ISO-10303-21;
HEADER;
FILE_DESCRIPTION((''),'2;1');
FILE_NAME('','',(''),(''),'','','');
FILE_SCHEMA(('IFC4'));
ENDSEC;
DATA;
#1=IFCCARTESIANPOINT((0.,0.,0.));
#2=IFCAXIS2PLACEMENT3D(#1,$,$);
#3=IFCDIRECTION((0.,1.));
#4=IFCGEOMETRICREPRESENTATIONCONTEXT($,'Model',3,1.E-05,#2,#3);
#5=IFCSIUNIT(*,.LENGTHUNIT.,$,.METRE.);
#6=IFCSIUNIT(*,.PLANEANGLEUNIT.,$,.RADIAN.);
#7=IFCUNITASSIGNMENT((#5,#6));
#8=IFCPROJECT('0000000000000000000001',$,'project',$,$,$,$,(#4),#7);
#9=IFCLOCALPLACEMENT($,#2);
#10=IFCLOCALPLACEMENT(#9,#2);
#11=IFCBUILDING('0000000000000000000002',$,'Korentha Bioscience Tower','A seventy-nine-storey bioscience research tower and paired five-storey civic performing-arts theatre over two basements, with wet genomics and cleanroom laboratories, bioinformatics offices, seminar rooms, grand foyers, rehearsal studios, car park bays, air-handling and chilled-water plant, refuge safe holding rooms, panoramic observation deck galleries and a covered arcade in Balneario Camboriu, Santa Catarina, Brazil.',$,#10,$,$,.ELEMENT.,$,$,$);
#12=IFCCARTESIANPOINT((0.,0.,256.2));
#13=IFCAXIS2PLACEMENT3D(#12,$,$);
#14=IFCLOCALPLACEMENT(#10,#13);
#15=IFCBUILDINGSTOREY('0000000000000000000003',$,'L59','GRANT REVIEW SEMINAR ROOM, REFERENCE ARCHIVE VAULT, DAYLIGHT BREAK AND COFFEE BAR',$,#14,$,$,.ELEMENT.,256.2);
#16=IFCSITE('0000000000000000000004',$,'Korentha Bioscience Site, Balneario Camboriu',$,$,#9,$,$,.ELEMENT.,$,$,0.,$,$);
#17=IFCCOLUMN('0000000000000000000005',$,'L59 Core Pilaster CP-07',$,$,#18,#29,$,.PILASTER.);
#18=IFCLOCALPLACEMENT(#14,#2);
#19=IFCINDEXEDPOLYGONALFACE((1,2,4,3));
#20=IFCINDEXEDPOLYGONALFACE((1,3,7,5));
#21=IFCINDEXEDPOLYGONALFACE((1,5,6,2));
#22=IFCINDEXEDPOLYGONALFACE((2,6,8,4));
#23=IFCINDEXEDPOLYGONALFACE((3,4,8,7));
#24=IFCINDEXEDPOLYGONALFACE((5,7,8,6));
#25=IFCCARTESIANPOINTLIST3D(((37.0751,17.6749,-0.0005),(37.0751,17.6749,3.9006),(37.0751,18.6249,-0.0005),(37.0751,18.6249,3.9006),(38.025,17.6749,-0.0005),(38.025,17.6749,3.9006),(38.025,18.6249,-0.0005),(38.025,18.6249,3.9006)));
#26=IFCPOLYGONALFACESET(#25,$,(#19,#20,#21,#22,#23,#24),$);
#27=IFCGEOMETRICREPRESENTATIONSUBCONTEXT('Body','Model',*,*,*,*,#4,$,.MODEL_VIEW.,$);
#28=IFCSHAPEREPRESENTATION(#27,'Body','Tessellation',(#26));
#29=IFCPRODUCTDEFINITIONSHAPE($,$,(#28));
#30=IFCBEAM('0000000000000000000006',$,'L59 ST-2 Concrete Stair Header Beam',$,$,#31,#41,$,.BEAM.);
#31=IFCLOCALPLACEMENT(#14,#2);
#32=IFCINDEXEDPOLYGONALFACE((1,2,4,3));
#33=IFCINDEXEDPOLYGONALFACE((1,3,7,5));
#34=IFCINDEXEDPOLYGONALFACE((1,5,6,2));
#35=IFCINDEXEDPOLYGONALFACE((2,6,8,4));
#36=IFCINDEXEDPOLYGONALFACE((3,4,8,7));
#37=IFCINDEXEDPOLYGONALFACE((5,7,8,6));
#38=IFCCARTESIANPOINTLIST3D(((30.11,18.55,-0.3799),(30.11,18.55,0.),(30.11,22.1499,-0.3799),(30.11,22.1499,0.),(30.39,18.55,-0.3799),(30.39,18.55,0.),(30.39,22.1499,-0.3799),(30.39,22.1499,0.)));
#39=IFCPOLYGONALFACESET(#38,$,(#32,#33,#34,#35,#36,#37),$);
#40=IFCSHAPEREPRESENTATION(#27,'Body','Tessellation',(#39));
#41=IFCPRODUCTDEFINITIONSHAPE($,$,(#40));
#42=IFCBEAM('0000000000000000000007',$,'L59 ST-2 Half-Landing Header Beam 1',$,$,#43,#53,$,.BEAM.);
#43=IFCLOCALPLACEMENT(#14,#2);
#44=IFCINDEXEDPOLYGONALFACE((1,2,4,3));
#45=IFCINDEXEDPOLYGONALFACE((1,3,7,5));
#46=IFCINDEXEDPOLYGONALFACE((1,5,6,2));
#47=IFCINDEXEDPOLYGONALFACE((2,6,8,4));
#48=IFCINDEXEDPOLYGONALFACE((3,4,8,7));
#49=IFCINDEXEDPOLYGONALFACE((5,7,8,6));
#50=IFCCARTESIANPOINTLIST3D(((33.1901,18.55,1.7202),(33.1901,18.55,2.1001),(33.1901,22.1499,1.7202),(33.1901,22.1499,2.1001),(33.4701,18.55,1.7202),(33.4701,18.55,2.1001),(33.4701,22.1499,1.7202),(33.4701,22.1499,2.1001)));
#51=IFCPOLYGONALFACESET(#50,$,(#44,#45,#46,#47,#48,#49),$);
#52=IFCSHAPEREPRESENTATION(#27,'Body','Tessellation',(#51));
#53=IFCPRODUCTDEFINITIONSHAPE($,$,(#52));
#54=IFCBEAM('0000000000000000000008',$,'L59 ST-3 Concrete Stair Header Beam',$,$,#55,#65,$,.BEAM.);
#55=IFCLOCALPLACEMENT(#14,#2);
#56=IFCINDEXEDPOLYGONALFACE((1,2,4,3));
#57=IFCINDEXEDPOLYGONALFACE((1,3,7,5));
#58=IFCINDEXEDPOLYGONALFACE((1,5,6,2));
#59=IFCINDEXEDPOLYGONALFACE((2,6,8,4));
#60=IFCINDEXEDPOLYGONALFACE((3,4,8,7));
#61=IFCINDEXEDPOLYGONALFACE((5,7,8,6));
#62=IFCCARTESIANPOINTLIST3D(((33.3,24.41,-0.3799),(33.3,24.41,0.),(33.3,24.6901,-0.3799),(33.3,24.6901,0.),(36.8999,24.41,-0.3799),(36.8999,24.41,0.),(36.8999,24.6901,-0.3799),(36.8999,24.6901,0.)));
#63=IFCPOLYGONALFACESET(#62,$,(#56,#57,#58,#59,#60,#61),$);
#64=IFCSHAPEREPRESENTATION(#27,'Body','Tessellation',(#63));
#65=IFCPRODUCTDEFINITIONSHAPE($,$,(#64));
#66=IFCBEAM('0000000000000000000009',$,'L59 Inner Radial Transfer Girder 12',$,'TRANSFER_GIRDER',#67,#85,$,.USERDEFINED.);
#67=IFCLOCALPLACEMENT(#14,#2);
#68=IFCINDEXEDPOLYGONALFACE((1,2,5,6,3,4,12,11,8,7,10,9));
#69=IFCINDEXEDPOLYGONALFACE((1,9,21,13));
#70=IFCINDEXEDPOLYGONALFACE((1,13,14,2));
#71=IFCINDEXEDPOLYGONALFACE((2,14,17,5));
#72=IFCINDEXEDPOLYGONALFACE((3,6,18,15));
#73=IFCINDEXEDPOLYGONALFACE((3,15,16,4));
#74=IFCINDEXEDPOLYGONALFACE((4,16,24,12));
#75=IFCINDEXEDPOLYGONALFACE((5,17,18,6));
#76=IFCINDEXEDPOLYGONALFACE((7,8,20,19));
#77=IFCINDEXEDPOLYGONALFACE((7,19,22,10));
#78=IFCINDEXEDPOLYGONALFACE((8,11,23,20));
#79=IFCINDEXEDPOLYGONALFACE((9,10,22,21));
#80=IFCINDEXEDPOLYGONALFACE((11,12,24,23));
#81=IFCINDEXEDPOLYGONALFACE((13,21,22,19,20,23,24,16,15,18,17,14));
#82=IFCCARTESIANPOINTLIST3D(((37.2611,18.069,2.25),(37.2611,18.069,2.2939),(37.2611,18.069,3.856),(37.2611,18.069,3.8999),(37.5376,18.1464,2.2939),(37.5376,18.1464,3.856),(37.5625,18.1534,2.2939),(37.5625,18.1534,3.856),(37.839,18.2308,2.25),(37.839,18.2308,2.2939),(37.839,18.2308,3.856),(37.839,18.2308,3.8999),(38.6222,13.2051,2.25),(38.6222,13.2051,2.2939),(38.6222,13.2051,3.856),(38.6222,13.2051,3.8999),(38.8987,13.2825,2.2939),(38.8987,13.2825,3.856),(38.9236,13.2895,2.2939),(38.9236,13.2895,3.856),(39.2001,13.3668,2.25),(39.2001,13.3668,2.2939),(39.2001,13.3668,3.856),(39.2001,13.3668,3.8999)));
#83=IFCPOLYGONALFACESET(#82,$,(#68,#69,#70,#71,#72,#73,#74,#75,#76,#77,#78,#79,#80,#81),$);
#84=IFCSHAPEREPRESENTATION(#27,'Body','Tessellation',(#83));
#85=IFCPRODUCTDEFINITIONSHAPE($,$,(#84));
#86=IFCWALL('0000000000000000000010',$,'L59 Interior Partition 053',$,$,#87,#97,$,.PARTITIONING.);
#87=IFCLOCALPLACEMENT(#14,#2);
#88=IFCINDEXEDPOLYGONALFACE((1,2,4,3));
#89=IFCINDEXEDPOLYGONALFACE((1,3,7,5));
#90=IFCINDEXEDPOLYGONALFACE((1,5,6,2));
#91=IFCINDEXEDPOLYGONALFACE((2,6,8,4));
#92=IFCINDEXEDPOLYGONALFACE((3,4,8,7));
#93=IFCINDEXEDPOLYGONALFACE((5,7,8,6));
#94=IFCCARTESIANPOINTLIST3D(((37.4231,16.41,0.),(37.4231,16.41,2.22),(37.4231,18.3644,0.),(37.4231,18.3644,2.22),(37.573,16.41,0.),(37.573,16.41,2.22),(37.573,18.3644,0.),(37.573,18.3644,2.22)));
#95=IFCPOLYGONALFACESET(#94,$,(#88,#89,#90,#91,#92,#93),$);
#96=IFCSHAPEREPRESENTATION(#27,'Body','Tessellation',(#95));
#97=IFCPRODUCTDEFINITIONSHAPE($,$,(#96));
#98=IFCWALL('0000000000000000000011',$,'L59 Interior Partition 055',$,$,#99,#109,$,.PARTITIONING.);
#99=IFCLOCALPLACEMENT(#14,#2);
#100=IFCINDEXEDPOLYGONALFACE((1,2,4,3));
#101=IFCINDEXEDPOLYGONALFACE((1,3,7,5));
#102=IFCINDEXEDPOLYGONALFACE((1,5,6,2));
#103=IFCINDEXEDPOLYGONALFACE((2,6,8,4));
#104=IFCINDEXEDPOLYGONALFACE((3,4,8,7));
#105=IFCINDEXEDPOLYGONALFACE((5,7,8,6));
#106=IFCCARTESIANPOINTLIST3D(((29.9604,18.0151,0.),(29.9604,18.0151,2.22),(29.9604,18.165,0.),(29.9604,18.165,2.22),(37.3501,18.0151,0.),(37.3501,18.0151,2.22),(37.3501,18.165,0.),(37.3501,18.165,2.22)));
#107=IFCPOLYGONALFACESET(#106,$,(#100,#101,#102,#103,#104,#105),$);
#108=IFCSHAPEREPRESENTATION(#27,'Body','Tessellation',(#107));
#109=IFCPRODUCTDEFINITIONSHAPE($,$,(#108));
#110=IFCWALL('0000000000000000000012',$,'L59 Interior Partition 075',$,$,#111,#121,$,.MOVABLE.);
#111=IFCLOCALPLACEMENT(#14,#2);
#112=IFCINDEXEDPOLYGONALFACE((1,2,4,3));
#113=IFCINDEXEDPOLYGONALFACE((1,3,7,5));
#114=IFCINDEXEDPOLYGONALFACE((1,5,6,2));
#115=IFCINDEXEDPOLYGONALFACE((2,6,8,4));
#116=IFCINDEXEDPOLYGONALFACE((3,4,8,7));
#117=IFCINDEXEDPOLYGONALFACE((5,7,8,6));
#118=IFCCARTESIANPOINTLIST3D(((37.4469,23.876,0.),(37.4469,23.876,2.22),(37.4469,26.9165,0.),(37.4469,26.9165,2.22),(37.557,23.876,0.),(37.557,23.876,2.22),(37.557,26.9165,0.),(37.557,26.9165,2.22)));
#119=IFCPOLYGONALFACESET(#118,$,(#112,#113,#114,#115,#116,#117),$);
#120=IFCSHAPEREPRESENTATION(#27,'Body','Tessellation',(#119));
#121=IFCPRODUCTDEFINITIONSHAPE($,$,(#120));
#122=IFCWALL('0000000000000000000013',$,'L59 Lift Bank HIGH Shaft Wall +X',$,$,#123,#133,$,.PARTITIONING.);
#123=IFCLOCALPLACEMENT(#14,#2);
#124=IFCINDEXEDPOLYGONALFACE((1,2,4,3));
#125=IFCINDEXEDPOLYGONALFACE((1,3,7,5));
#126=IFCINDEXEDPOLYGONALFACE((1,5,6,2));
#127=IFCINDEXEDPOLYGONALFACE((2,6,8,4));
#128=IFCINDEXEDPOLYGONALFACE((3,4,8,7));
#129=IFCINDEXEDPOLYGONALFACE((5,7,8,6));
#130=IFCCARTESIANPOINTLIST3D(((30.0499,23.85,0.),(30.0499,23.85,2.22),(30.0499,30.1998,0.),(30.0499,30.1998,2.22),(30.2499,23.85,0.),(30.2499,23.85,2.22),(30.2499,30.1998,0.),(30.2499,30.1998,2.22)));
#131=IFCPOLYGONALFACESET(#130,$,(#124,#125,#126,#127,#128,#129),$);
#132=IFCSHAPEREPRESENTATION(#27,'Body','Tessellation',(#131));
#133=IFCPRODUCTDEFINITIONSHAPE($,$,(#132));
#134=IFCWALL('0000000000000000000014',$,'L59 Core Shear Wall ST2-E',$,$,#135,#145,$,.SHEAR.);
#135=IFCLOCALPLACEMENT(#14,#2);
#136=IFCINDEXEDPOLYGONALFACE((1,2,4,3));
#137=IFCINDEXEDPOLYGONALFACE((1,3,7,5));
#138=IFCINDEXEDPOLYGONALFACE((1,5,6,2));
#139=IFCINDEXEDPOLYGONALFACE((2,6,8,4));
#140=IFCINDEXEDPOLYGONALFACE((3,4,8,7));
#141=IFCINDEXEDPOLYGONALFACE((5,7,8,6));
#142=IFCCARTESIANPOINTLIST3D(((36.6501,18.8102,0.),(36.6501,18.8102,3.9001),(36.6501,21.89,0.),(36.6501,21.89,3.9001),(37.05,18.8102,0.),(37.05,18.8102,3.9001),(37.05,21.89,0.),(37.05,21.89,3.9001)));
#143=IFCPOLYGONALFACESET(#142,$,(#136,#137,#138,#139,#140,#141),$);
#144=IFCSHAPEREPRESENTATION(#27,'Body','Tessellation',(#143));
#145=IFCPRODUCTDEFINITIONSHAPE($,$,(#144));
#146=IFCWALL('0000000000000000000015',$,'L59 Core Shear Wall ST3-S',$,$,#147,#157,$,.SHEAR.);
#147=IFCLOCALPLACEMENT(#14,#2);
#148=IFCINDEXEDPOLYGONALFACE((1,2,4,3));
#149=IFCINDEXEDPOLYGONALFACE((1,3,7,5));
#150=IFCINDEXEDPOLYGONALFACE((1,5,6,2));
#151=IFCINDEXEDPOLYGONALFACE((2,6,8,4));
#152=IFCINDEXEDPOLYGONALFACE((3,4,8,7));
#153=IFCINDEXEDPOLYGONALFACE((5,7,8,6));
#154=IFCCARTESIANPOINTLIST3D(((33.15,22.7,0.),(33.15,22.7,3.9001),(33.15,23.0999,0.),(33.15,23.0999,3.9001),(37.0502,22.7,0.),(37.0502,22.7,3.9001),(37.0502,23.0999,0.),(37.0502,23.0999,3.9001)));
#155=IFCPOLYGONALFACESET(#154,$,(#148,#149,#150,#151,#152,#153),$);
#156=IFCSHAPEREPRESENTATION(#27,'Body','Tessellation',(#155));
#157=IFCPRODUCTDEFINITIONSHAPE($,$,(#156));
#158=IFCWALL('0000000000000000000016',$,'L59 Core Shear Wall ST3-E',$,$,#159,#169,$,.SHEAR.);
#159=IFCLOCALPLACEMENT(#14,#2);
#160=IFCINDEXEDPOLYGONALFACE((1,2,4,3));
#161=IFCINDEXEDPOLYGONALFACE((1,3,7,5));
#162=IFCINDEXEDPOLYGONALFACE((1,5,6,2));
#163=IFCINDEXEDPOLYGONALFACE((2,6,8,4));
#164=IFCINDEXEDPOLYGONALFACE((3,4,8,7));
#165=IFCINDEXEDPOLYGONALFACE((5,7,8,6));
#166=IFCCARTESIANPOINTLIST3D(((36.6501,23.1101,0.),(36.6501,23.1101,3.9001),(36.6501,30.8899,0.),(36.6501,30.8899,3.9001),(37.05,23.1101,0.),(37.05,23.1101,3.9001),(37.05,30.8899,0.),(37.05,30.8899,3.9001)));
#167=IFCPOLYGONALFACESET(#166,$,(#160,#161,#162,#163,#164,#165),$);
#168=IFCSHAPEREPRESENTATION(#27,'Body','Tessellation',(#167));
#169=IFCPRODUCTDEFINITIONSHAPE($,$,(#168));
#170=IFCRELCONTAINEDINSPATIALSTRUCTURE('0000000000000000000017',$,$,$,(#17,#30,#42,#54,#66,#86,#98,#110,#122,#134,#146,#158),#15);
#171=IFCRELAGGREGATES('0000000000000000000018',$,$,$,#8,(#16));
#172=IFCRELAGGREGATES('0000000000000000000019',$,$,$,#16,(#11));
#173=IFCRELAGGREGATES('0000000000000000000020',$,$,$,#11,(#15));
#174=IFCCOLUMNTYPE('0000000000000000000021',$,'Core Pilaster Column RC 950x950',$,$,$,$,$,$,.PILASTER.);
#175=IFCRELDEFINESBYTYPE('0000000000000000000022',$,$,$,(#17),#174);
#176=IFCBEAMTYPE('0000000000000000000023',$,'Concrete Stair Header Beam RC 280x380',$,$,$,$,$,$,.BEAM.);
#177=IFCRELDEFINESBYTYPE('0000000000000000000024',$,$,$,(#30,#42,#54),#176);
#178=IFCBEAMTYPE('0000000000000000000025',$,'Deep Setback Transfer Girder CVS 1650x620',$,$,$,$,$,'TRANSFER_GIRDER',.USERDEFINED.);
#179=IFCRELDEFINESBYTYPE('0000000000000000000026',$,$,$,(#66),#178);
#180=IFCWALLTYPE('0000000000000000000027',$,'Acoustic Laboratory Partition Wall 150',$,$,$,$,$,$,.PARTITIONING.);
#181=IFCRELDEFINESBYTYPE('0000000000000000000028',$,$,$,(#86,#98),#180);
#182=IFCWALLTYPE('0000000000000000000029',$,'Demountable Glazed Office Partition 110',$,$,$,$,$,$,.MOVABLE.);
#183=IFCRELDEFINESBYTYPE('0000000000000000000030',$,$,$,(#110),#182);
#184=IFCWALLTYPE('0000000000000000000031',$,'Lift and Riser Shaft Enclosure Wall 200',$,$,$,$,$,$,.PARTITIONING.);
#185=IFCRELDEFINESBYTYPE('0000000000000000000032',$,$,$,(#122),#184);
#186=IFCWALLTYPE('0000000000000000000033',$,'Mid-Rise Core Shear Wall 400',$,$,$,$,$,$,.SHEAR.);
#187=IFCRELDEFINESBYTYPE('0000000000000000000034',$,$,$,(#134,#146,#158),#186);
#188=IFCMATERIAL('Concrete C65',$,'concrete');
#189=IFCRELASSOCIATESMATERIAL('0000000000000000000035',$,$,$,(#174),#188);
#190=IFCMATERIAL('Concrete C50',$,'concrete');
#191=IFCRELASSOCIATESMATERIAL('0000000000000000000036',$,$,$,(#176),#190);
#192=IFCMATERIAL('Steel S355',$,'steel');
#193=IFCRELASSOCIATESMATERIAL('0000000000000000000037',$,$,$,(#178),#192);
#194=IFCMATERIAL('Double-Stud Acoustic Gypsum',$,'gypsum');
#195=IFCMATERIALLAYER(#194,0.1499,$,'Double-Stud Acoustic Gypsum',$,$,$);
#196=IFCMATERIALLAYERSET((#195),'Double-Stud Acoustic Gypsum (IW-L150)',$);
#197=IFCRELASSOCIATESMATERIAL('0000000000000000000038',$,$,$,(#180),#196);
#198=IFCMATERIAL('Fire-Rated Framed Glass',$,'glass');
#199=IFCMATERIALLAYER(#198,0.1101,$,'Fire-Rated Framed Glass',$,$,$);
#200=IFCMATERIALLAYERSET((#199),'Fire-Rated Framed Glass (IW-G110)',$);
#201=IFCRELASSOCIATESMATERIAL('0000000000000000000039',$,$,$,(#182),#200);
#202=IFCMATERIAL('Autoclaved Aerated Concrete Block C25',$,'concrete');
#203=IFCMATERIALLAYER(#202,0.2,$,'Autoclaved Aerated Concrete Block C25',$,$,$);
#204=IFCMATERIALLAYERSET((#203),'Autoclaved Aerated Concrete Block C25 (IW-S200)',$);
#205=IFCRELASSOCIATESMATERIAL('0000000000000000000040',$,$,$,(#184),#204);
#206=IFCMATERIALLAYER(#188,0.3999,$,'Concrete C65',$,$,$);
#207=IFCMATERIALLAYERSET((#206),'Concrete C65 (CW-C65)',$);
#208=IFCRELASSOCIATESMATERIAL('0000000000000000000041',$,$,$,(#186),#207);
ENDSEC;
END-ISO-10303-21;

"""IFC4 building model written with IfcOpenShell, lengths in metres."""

from ifc_helpers import new_model, si_unit, direction, frame, frame_2d, origin, origin_2d, place, context, subcontext, project, spatial, rectangle, i_section, extrude, material, layer, layer_set, material_profile, profile_set, type_object, element, save


model = new_model("IFC4")

# Units and contexts
model_context = context("Model", 3, precision=1e-05, world=origin(), true_north=direction((0.0, 1.0)))
body_context = subcontext(model_context, "Body", "Model", "MODEL_VIEW")
ifc_project = project(units=[si_unit("LENGTHUNIT", "METRE"), si_unit("PLANEANGLEUNIT", "RADIAN")], contexts=[model_context])

# Site, building, storey
site_placement = place(None, origin())
site = spatial("IfcSite", under=ifc_project, at=site_placement, Name="Korentha Bioscience Site, Balneario Camboriu", CompositionType="ELEMENT", RefElevation=0.0)
building_placement = place(site_placement, origin())
building = spatial("IfcBuilding", under=site, at=building_placement, Name="Korentha Bioscience Tower", Description="A seventy-nine-storey bioscience research tower and paired five-storey civic performing-arts theatre over two basements, with wet genomics and cleanroom laboratories, bioinformatics offices, seminar rooms, grand foyers, rehearsal studios, car park bays, air-handling and chilled-water plant, refuge safe holding rooms, panoramic observation deck galleries and a covered arcade in Balneario Camboriu, Santa Catarina, Brazil.", CompositionType="ELEMENT")
storey_placement = place(building_placement, frame((0.0, 0.0, 256.2)))
storey = spatial("IfcBuildingStorey", under=building, at=storey_placement, Name="L59", Description="GRANT REVIEW SEMINAR ROOM, REFERENCE ARCHIVE VAULT, DAYLIGHT BREAK AND COFFEE BAR", CompositionType="ELEMENT", Elevation=256.2)

# Column
ifc_material_1 = material(Name="Concrete C65", Category="concrete")
ifc_material_profile_1 = material_profile(ifc_material_1, rectangle(XDim=0.95, YDim=0.95, at=origin_2d()), Name="Concrete C65")
ifc_profile_set_1 = profile_set([ifc_material_profile_1], Name="Concrete C65 (COL-CP09)")
column_type = type_object("IfcColumnType", Name="Core Pilaster Column RC 950x950", PredefinedType="PILASTER", material=ifc_profile_set_1)
column_placement = place(storey_placement, frame((37.55, 18.1499, -0.0005), z_axis=(0.0, 0.0, 1.0), x_axis=(1.0, 0.0, 0.0)))
element("IfcColumn", 1, at=column_placement, inside=storey, type_object=column_type, Name="L59 Core Pilaster CP-07", PredefinedType="PILASTER", context=body_context, shape_type="SweptSolid", body=[
    extrude(rectangle(XDim=0.95, YDim=0.95, at=origin_2d()), origin(), (0.0, 0.0, 1.0), 3.9011),
])

# Beams
ifc_material_2 = material(Name="Concrete C50", Category="concrete")
ifc_material_profile_2 = material_profile(ifc_material_2, rectangle(XDim=0.28, YDim=0.3799, at=origin_2d()), Name="Concrete C50")
ifc_profile_set_2 = profile_set([ifc_material_profile_2], Name="Concrete C50 (ST-HB380)")
beam_type_1 = type_object("IfcBeamType", Name="Concrete Stair Header Beam RC 280x380", PredefinedType="BEAM", material=ifc_profile_set_2)
for number, where, z_axis, x_axis, name in (
    (2, (30.25, 18.55, -0.1899), (0.0, 1.0, 0.0), (-1.0, 0.0, 0.0), "L59 ST-2 Concrete Stair Header Beam"),
    (3, (33.3301, 18.55, 1.9102), (0.0, 1.0, 0.0), (-1.0, 0.0, 0.0), "L59 ST-2 Half-Landing Header Beam 1"),
    (4, (36.8999, 24.55, -0.1899), (-1.0, 0.0, 0.0), (0.0, -1.0, 0.0), "L59 ST-3 Concrete Stair Header Beam"),
):
    element("IfcBeam", number, at=place(storey_placement, frame(where, z_axis=z_axis, x_axis=x_axis)), inside=storey, type_object=beam_type_1, Name=name, PredefinedType="BEAM", context=body_context, shape_type="SweptSolid", body=[
        extrude(rectangle(XDim=0.28, YDim=0.3799, at=origin_2d()), origin(), (0.0, 0.0, 1.0), 3.5999),
    ])
ifc_material_3 = material(Name="Steel S355", Category="steel")
ifc_material_profile_3 = material_profile(ifc_material_3, i_section(OverallWidth=0.6001, OverallDepth=1.6499, WebThickness=0.0259, FlangeThickness=0.0439, at=origin_2d()), Name="Steel S355")
ifc_profile_set_3 = profile_set([ifc_material_profile_3], Name="Steel S355 (TG-04)")
beam_type_2 = type_object("IfcBeamType", Name="Deep Setback Transfer Girder CVS 1650x620", ElementType="TRANSFER_GIRDER", PredefinedType="USERDEFINED", material=ifc_profile_set_3)
beam_placement = place(storey_placement, frame((37.55, 18.1499, 3.075), z_axis=(0.269476, -0.963007, 0.0), x_axis=(0.963007, 0.269476, 0.0)))
element("IfcBeam", 5, at=beam_placement, inside=storey, type_object=beam_type_2, Name="L59 Inner Radial Transfer Girder 12", ObjectType="TRANSFER_GIRDER", PredefinedType="USERDEFINED", context=body_context, shape_type="SweptSolid", body=[
    extrude(i_section(OverallWidth=0.6001, OverallDepth=1.6499, WebThickness=0.0259, FlangeThickness=0.0439, at=origin_2d()), origin(), (0.0, 0.0, 1.0), 5.0508),
])

# Shared definitions
ifc_material_4 = material(Name="Double-Stud Acoustic Gypsum", Category="gypsum")
ifc_layer_1 = layer(ifc_material_4, 0.1499, Name="Double-Stud Acoustic Gypsum")
ifc_layer_set_1 = layer_set([ifc_layer_1], Name="Double-Stud Acoustic Gypsum (IW-L150)")
wall_type_1 = type_object("IfcWallType", Name="Acoustic Laboratory Partition Wall 150", PredefinedType="PARTITIONING", material=ifc_layer_set_1)

# Walls
wall_1_placement = place(storey_placement, frame((37.498, 18.3643, 0.0), z_axis=(0.0, 0.0, 1.0), x_axis=(0.0, -1.0, 0.0)))
element("IfcWall", 6, at=wall_1_placement, inside=storey, type_object=wall_type_1, Name="L59 Interior Partition 053", PredefinedType="PARTITIONING", context=body_context, shape_type="SweptSolid", body=[
    extrude(rectangle(XDim=1.9543, YDim=0.1499, at=frame_2d((0.9771, 0.0))), origin(), (0.0, 0.0, 1.0), 2.22),
])
wall_2_placement = place(storey_placement, frame((29.9604, 18.0901, 0.0), z_axis=(0.0, 0.0, 1.0), x_axis=(1.0, 0.0, 0.0)))
element("IfcWall", 7, at=wall_2_placement, inside=storey, type_object=wall_type_1, Name="L59 Interior Partition 055", PredefinedType="PARTITIONING", context=body_context, shape_type="SweptSolid", body=[
    extrude(rectangle(XDim=7.3896, YDim=0.1499, at=frame_2d((3.6948, 0.0))), origin(), (0.0, 0.0, 1.0), 2.22),
])
ifc_material_5 = material(Name="Fire-Rated Framed Glass", Category="glass")
ifc_layer_2 = layer(ifc_material_5, 0.1101, Name="Fire-Rated Framed Glass")
ifc_layer_set_2 = layer_set([ifc_layer_2], Name="Fire-Rated Framed Glass (IW-G110)")
wall_type_2 = type_object("IfcWallType", Name="Demountable Glazed Office Partition 110", PredefinedType="MOVABLE", material=ifc_layer_set_2)
wall_3_placement = place(storey_placement, frame((37.502, 23.876, 0.0), z_axis=(0.0, 0.0, 1.0), x_axis=(0.0, 1.0, 0.0)))
element("IfcWall", 8, at=wall_3_placement, inside=storey, type_object=wall_type_2, Name="L59 Interior Partition 075", PredefinedType="MOVABLE", context=body_context, shape_type="SweptSolid", body=[
    extrude(rectangle(XDim=3.0405, YDim=0.1101, at=frame_2d((1.5203, 0.0))), origin(), (0.0, 0.0, 1.0), 2.22),
])
ifc_material_6 = material(Name="Autoclaved Aerated Concrete Block C25", Category="concrete")
ifc_layer_3 = layer(ifc_material_6, 0.2, Name="Autoclaved Aerated Concrete Block C25")
ifc_layer_set_3 = layer_set([ifc_layer_3], Name="Autoclaved Aerated Concrete Block C25 (IW-S200)")
wall_type_3 = type_object("IfcWallType", Name="Lift and Riser Shaft Enclosure Wall 200", PredefinedType="PARTITIONING", material=ifc_layer_set_3)
wall_4_placement = place(storey_placement, frame((30.1499, 23.8501, 0.0), z_axis=(0.0, 0.0, 1.0), x_axis=(0.0, 1.0, 0.0)))
element("IfcWall", 9, at=wall_4_placement, inside=storey, type_object=wall_type_3, Name="L59 Lift Bank HIGH Shaft Wall +X", PredefinedType="PARTITIONING", context=body_context, shape_type="SweptSolid", body=[
    extrude(rectangle(XDim=6.3499, YDim=0.2, at=frame_2d((3.1748, 0.0))), origin(), (0.0, 0.0, 1.0), 2.22),
])
ifc_layer_4 = layer(ifc_material_1, 0.3999, Name="Concrete C65")
ifc_layer_set_4 = layer_set([ifc_layer_4], Name="Concrete C65 (CW-C65)")
wall_type_4 = type_object("IfcWallType", Name="Mid-Rise Core Shear Wall 400", PredefinedType="SHEAR", material=ifc_layer_set_4)
wall_5_placement = place(storey_placement, frame((36.8501, 18.8101, 0.0), z_axis=(0.0, 0.0, 1.0), x_axis=(0.0, 1.0, 0.0)))
element("IfcWall", 10, at=wall_5_placement, inside=storey, type_object=wall_type_4, Name="L59 Core Shear Wall ST2-E", PredefinedType="SHEAR", context=body_context, shape_type="SweptSolid", body=[
    extrude(rectangle(XDim=3.0798, YDim=0.3999, at=frame_2d((1.54, 0.0))), origin(), (0.0, 0.0, 1.0), 3.9001),
])
wall_6_placement = place(storey_placement, frame((33.1499, 22.8999, 0.0), z_axis=(0.0, 0.0, 1.0), x_axis=(1.0, 0.0, 0.0)))
element("IfcWall", 11, at=wall_6_placement, inside=storey, type_object=wall_type_4, Name="L59 Core Shear Wall ST3-S", PredefinedType="SHEAR", context=body_context, shape_type="SweptSolid", body=[
    extrude(rectangle(XDim=3.9001, YDim=0.3999, at=frame_2d((1.9502, 0.0))), origin(), (0.0, 0.0, 1.0), 3.9001),
])
wall_7_placement = place(storey_placement, frame((36.8501, 23.1101, 0.0), z_axis=(0.0, 0.0, 1.0), x_axis=(0.0, 1.0, 0.0)))
element("IfcWall", 12, at=wall_7_placement, inside=storey, type_object=wall_type_4, Name="L59 Core Shear Wall ST3-E", PredefinedType="SHEAR", context=body_context, shape_type="SweptSolid", body=[
    extrude(rectangle(XDim=7.7798, YDim=0.3999, at=frame_2d((3.8899, 0.0))), origin(), (0.0, 0.0, 1.0), 3.9001),
])

save(model, "model.ifc")
